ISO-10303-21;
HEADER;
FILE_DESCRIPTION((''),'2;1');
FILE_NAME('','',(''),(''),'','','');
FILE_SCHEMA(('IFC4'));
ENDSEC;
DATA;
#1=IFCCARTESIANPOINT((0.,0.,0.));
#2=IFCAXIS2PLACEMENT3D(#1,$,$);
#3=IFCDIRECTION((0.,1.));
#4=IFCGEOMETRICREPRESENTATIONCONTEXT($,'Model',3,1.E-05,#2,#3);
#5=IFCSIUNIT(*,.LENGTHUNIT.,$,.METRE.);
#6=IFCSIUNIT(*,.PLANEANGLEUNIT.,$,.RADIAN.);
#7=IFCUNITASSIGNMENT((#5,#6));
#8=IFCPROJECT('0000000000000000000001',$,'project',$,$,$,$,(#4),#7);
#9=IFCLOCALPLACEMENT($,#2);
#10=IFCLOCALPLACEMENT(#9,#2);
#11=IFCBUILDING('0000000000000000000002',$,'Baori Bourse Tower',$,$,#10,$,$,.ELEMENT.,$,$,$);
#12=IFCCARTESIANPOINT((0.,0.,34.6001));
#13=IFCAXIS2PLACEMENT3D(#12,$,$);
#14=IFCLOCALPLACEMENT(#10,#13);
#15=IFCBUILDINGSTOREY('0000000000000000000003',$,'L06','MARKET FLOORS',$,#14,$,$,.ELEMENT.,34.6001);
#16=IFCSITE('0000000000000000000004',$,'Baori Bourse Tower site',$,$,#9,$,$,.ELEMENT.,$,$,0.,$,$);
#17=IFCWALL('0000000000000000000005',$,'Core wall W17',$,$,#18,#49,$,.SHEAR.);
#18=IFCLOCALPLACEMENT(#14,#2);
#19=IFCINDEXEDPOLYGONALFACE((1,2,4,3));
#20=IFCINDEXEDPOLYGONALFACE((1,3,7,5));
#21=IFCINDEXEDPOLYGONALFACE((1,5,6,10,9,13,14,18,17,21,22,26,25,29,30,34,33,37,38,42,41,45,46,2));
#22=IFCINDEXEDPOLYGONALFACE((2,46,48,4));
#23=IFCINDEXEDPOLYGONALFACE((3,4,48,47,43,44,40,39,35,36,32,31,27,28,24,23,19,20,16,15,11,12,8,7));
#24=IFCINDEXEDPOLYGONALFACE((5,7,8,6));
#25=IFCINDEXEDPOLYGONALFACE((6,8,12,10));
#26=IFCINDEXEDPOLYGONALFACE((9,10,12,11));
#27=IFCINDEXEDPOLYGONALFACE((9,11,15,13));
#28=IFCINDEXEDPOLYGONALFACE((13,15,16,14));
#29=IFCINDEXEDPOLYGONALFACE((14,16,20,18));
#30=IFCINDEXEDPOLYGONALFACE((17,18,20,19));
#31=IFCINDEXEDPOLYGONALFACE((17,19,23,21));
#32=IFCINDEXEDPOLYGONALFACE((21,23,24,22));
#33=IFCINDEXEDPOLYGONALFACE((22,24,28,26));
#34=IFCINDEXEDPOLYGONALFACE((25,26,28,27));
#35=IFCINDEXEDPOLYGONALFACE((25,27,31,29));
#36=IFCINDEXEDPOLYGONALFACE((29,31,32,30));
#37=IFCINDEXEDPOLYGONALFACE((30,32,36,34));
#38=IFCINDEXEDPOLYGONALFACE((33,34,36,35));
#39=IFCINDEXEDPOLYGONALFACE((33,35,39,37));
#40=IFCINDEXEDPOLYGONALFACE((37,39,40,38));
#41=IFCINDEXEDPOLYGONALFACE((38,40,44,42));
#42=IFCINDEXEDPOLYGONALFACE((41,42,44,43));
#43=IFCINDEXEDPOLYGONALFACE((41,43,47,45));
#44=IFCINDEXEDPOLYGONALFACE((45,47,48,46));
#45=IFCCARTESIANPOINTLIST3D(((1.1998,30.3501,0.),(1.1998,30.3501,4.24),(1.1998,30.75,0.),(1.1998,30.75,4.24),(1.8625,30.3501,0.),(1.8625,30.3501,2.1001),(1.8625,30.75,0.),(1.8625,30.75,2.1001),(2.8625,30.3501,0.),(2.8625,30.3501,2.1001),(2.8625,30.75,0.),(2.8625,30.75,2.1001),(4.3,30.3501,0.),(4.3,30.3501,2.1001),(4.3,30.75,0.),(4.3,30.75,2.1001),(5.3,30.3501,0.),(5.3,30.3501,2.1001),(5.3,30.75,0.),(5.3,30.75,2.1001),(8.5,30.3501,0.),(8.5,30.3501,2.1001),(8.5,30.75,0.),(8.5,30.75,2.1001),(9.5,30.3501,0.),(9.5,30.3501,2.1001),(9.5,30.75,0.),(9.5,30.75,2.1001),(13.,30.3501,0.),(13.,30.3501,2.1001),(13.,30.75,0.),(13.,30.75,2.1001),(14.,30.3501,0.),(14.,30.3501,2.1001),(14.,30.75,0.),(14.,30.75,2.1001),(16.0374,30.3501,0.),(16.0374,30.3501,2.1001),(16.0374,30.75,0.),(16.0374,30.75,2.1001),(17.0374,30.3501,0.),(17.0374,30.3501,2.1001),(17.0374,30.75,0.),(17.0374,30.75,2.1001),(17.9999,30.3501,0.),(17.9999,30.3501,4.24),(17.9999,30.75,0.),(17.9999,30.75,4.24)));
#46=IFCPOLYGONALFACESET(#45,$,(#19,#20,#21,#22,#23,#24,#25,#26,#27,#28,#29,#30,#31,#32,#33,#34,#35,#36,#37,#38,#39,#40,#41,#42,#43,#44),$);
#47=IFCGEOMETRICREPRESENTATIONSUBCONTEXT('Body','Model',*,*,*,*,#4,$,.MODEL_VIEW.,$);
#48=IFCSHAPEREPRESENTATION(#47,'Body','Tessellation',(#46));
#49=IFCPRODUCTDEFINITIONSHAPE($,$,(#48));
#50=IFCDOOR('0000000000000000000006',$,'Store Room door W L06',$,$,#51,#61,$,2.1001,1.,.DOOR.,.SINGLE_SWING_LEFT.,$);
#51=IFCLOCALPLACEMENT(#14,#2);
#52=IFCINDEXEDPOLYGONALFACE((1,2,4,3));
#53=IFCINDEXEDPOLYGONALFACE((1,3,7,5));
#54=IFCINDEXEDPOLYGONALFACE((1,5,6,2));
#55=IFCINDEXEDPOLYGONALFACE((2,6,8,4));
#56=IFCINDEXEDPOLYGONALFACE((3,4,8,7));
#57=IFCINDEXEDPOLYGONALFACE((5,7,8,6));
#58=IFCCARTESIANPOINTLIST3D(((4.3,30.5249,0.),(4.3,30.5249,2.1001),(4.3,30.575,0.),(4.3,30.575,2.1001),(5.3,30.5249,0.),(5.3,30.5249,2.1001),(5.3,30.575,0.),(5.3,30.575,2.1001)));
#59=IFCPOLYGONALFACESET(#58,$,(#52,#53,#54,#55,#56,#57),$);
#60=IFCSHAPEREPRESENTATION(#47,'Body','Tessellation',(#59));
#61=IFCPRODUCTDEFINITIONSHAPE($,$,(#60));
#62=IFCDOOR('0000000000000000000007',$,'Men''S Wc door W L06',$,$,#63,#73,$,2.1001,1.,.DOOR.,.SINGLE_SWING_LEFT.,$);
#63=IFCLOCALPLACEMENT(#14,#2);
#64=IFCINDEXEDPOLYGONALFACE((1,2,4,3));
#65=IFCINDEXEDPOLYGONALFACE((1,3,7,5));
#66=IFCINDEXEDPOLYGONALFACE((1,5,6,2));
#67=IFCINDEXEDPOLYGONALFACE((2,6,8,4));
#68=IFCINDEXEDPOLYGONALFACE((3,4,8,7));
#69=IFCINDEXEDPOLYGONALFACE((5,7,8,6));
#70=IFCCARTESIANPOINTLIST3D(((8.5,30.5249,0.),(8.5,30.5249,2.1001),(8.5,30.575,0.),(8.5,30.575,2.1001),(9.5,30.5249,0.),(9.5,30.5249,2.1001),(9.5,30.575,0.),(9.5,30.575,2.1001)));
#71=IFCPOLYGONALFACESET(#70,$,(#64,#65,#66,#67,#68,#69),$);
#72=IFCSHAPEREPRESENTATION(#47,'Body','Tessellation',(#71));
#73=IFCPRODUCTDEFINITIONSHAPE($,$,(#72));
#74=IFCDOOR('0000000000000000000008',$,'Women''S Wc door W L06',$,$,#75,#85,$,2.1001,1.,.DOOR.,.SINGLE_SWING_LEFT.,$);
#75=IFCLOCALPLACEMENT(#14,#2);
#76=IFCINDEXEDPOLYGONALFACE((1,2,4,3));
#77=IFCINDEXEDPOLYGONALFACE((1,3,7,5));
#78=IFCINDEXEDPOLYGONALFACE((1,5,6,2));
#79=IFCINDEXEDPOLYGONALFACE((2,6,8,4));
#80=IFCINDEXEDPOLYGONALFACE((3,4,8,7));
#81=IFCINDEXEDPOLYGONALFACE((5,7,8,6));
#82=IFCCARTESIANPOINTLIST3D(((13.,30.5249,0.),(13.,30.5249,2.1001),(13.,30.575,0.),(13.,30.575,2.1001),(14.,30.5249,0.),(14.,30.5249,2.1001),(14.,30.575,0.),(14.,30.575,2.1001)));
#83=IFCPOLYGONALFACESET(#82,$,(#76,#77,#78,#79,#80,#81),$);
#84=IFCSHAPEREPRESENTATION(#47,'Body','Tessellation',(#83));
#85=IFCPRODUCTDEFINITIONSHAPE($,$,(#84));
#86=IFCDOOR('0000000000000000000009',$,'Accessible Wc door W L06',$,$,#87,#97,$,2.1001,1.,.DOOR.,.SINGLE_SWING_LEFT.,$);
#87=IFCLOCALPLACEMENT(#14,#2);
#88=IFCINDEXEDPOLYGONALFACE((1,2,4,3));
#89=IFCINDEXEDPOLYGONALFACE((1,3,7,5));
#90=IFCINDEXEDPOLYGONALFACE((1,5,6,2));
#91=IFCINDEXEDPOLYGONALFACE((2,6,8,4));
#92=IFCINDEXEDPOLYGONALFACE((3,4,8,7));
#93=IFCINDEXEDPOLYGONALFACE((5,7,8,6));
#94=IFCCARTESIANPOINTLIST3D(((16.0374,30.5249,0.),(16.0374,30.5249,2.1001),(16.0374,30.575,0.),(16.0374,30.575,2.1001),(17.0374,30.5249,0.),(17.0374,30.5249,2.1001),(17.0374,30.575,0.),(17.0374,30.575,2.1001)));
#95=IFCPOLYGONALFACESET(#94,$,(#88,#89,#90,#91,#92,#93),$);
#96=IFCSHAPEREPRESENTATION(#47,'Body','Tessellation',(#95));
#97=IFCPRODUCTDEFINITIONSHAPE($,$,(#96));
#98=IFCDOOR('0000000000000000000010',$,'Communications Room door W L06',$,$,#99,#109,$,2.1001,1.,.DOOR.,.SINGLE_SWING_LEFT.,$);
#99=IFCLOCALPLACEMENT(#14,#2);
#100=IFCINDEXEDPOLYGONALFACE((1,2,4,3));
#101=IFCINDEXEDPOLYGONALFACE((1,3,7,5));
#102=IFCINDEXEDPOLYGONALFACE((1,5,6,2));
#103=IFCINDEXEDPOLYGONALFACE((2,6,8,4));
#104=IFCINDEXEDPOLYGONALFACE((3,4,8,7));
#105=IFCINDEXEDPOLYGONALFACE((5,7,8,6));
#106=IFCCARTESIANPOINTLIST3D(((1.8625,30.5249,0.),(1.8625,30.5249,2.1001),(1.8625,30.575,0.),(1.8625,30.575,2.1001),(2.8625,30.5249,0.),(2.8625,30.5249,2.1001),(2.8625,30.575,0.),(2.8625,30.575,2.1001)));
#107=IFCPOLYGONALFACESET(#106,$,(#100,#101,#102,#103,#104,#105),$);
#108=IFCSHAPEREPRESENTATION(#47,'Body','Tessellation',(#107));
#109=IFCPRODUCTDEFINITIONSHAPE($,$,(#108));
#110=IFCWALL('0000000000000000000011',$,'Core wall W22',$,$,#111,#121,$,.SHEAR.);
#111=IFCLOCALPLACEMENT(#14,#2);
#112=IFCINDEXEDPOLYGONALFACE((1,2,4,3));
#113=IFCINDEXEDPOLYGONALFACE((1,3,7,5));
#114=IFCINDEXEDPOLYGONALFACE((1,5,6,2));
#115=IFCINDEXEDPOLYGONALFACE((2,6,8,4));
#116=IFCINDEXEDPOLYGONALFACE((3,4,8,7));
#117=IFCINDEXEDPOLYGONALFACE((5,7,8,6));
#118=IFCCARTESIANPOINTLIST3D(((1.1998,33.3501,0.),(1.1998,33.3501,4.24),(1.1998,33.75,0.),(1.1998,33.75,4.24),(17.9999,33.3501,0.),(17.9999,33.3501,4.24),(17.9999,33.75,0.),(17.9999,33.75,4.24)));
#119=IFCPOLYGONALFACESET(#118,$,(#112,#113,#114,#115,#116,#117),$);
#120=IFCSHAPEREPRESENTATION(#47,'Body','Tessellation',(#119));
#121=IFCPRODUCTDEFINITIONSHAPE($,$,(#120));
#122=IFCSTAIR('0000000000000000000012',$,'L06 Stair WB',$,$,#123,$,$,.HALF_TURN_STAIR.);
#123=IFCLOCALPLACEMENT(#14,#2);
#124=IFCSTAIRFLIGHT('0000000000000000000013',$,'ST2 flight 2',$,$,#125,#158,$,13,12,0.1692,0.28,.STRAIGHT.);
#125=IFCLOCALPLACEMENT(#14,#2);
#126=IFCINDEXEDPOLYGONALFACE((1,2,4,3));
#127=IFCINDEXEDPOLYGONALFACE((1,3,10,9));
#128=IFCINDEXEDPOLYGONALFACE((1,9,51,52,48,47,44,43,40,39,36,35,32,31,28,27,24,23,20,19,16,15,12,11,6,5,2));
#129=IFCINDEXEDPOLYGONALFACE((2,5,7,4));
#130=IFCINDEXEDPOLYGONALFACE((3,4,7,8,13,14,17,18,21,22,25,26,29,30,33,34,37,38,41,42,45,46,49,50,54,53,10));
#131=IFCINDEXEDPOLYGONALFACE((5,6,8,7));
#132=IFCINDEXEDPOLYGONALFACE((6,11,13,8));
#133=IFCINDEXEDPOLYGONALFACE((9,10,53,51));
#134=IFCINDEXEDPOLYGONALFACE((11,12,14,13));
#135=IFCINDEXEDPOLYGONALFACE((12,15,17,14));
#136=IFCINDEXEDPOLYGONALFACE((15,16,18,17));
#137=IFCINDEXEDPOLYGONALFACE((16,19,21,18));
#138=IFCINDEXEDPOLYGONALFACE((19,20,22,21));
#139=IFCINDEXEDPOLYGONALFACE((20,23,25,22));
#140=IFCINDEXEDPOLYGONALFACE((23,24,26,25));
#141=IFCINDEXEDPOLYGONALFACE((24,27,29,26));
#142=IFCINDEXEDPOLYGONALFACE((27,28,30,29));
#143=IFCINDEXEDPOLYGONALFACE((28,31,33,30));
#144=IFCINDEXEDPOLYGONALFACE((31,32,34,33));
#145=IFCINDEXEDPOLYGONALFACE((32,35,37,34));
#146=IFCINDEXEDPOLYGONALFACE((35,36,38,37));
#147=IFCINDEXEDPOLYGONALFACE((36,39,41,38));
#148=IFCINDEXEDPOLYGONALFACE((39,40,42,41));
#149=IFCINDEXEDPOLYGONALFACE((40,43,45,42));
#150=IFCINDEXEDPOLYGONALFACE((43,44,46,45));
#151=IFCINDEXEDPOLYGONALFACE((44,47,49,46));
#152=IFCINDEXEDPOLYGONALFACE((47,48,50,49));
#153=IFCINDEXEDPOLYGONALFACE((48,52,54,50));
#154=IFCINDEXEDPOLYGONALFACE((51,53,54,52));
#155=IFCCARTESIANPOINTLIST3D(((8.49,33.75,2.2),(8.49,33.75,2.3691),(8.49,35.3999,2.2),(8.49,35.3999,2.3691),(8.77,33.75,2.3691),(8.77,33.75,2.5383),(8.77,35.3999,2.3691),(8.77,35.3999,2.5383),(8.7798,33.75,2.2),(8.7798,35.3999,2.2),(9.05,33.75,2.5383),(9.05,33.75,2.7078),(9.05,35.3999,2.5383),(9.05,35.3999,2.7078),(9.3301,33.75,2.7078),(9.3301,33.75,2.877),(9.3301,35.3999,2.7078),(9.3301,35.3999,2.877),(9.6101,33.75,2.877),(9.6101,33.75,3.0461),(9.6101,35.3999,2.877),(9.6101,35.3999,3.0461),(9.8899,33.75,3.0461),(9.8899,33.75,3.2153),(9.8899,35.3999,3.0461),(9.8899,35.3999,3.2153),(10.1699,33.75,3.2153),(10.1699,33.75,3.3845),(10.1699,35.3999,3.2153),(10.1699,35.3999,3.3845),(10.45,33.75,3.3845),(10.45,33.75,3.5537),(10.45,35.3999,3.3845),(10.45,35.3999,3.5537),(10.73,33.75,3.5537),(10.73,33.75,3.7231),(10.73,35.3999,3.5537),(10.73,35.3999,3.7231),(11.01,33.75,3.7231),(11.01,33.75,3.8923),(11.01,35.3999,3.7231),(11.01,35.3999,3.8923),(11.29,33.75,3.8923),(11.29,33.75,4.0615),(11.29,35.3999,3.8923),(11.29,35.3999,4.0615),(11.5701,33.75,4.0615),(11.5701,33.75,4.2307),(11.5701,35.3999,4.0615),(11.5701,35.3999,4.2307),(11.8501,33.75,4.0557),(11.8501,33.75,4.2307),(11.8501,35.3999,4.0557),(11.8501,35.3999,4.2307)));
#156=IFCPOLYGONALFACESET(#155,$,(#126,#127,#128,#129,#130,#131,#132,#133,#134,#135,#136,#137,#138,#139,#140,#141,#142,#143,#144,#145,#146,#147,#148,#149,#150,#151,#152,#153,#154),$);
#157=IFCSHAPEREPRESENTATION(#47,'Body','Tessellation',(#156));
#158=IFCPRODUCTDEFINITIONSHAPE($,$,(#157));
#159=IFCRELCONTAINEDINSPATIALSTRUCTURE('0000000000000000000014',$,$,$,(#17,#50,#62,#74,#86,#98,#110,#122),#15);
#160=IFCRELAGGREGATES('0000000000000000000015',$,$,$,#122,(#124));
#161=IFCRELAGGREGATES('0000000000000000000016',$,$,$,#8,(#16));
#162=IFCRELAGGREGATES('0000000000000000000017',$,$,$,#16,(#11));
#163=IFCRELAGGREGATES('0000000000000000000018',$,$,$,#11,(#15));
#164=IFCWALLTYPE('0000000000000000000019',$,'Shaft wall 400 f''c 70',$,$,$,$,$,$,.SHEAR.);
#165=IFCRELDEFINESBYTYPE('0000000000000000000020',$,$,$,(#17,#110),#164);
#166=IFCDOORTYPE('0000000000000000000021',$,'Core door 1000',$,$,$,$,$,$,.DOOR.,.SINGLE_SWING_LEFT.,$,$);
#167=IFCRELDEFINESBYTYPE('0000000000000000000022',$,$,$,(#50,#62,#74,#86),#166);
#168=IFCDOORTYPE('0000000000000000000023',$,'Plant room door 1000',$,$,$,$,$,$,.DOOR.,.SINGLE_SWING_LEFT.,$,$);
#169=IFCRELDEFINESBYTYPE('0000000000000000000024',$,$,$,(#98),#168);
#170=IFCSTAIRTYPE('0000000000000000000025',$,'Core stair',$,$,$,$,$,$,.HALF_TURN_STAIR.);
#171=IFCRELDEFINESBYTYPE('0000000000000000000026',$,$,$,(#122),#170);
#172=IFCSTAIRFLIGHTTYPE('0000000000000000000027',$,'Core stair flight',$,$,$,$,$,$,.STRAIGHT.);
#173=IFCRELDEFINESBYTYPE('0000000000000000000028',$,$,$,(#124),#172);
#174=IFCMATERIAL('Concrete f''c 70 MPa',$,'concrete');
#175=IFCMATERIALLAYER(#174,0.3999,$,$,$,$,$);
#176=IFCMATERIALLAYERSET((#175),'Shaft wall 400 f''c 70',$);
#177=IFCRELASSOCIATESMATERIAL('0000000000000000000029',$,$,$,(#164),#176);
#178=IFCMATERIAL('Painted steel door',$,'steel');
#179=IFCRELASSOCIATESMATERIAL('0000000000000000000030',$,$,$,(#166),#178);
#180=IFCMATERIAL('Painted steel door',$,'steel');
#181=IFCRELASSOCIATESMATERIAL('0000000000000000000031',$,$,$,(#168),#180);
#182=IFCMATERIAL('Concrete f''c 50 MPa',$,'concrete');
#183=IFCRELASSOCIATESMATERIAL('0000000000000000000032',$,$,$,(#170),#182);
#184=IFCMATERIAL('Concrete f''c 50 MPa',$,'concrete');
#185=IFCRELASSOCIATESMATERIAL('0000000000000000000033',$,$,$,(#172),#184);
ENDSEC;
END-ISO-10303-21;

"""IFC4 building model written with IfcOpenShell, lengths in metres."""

from ifc_helpers import new_model, si_unit, direction, frame, frame_2d, origin, place, context, subcontext, project, spatial, polyline, rectangle, outline, extrude, material, layer, layer_set, type_object, element, fill, aggregate, save


model = new_model("IFC4")

# Units and contexts
model_context = context("Model", 3, precision=1e-05, world=origin(), true_north=direction((0.0, 1.0)))
body_context = subcontext(model_context, "Body", "Model", "MODEL_VIEW")
ifc_project = project(units=[si_unit("LENGTHUNIT", "METRE"), si_unit("PLANEANGLEUNIT", "RADIAN")], contexts=[model_context])

# Site, building, storey
site_placement = place(None, origin())
site = spatial("IfcSite", under=ifc_project, at=site_placement, Name="Baori Bourse Tower site", CompositionType="ELEMENT", RefElevation=0.0)
building_placement = place(site_placement, origin())
building = spatial("IfcBuilding", under=site, at=building_placement, Name="Baori Bourse Tower", CompositionType="ELEMENT")
storey_placement = place(building_placement, frame((0.0, 0.0, 34.6001)))
storey = spatial("IfcBuildingStorey", under=building, at=storey_placement, Name="L06", Description="MARKET FLOORS", CompositionType="ELEMENT", Elevation=34.6001)

# Shared definitions
ifc_material_1 = material(Name="Concrete f'c 70 MPa", Category="concrete")
ifc_layer_1 = layer(ifc_material_1, 0.3999)
ifc_layer_set_1 = layer_set([ifc_layer_1], Name="Shaft wall 400 f'c 70")
wall_type_1 = type_object("IfcWallType", Name="Shaft wall 400 f'c 70", PredefinedType="SHEAR", material=ifc_layer_set_1)

# Wall, openings, doors
wall_1_placement = place(storey_placement, frame((1.2, 30.55, 0.0), z_axis=(0.0, 0.0, 1.0), x_axis=(1.0, 0.0, 0.0)))
wall_1 = element("IfcWall", 1, at=wall_1_placement, inside=storey, type_object=wall_type_1, Name="Core wall W17", PredefinedType="SHEAR", context=body_context, shape_type="SweptSolid", body=[
    extrude(rectangle(XDim=16.8, YDim=0.3999, at=frame_2d((8.3999, 0.0))), origin(), (0.0, 0.0, 1.0), 4.24),
])
opening_1_placement = place(wall_1_placement, frame((0.6626, 0.0, 0.0)))
opening_1 = element("IfcOpeningElement", 2, at=opening_1_placement, cuts=wall_1, PredefinedType="OPENING", context=body_context, shape_type="SweptSolid", body=[
    extrude(rectangle(XDim=1.0, YDim=2.1001, at=frame_2d((0.5, 1.05))), frame((0.0, 0.21, 0.0), z_axis=(0.0, -1.0, 0.0), x_axis=(1.0, 0.0, 0.0)), (0.0, 0.0, 1.0), 0.4199),
])
opening_2_placement = place(wall_1_placement, frame((3.1001, 0.0, 0.0)))
opening_2 = element("IfcOpeningElement", 3, at=opening_2_placement, cuts=wall_1, PredefinedType="OPENING", context=body_context, shape_type="SweptSolid", body=[
    extrude(rectangle(XDim=1.0, YDim=2.1001, at=frame_2d((0.5, 1.05))), frame((0.0, 0.21, 0.0), z_axis=(0.0, -1.0, 0.0), x_axis=(1.0, 0.0, 0.0)), (0.0, 0.0, 1.0), 0.4199),
])
opening_3_placement = place(wall_1_placement, frame((7.3, 0.0, 0.0)))
opening_3 = element("IfcOpeningElement", 4, at=opening_3_placement, cuts=wall_1, PredefinedType="OPENING", context=body_context, shape_type="SweptSolid", body=[
    extrude(rectangle(XDim=1.0, YDim=2.1001, at=frame_2d((0.5, 1.05))), frame((0.0, 0.21, 0.0), z_axis=(0.0, -1.0, 0.0), x_axis=(1.0, 0.0, 0.0)), (0.0, 0.0, 1.0), 0.4199),
])
opening_4_placement = place(wall_1_placement, frame((11.8, 0.0, 0.0)))
opening_4 = element("IfcOpeningElement", 5, at=opening_4_placement, cuts=wall_1, PredefinedType="OPENING", context=body_context, shape_type="SweptSolid", body=[
    extrude(rectangle(XDim=1.0, YDim=2.1001, at=frame_2d((0.5, 1.05))), frame((0.0, 0.21, 0.0), z_axis=(0.0, -1.0, 0.0), x_axis=(1.0, 0.0, 0.0)), (0.0, 0.0, 1.0), 0.4199),
])
opening_5_placement = place(wall_1_placement, frame((14.8374, 0.0, 0.0)))
opening_5 = element("IfcOpeningElement", 6, at=opening_5_placement, cuts=wall_1, PredefinedType="OPENING", context=body_context, shape_type="SweptSolid", body=[
    extrude(rectangle(XDim=1.0, YDim=2.1001, at=frame_2d((0.5, 1.05))), frame((0.0, 0.21, 0.0), z_axis=(0.0, -1.0, 0.0), x_axis=(1.0, 0.0, 0.0)), (0.0, 0.0, 1.0), 0.4199),
])
ifc_material_2 = material(Name="Painted steel door", Category="steel")
door_type_1 = type_object("IfcDoorType", Name="Core door 1000", OperationType="SINGLE_SWING_LEFT", PredefinedType="DOOR", material=ifc_material_2)
door_1_placement = place(opening_2_placement, origin())
door_1 = element("IfcDoor", 7, at=door_1_placement, inside=storey, type_object=door_type_1, Name="Store Room door W L06", OperationType="SINGLE_SWING_LEFT", OverallHeight=2.1001, OverallWidth=1.0, PredefinedType="DOOR", context=body_context, shape_type="SweptSolid", body=[
    extrude(rectangle(XDim=1.0, YDim=2.1001, at=frame_2d((0.5, 1.05))), frame((0.0, 0.0249, 0.0), z_axis=(0.0, -1.0, 0.0), x_axis=(1.0, 0.0, 0.0)), (0.0, 0.0, 1.0), 0.05),
])
fill(opening_2, door_1)
door_2_placement = place(opening_3_placement, origin())
door_2 = element("IfcDoor", 8, at=door_2_placement, inside=storey, type_object=door_type_1, Name="Men'S Wc door W L06", OperationType="SINGLE_SWING_LEFT", OverallHeight=2.1001, OverallWidth=1.0, PredefinedType="DOOR", context=body_context, shape_type="SweptSolid", body=[
    extrude(rectangle(XDim=1.0, YDim=2.1001, at=frame_2d((0.5, 1.05))), frame((0.0, 0.0249, 0.0), z_axis=(0.0, -1.0, 0.0), x_axis=(1.0, 0.0, 0.0)), (0.0, 0.0, 1.0), 0.05),
])
fill(opening_3, door_2)
door_3_placement = place(opening_4_placement, origin())
door_3 = element("IfcDoor", 9, at=door_3_placement, inside=storey, type_object=door_type_1, Name="Women'S Wc door W L06", OperationType="SINGLE_SWING_LEFT", OverallHeight=2.1001, OverallWidth=1.0, PredefinedType="DOOR", context=body_context, shape_type="SweptSolid", body=[
    extrude(rectangle(XDim=1.0, YDim=2.1001, at=frame_2d((0.5, 1.05))), frame((0.0, 0.0249, 0.0), z_axis=(0.0, -1.0, 0.0), x_axis=(1.0, 0.0, 0.0)), (0.0, 0.0, 1.0), 0.05),
])
fill(opening_4, door_3)
door_4_placement = place(opening_5_placement, origin())
door_4 = element("IfcDoor", 10, at=door_4_placement, inside=storey, type_object=door_type_1, Name="Accessible Wc door W L06", OperationType="SINGLE_SWING_LEFT", OverallHeight=2.1001, OverallWidth=1.0, PredefinedType="DOOR", context=body_context, shape_type="SweptSolid", body=[
    extrude(rectangle(XDim=1.0, YDim=2.1001, at=frame_2d((0.5, 1.05))), frame((0.0, 0.0249, 0.0), z_axis=(0.0, -1.0, 0.0), x_axis=(1.0, 0.0, 0.0)), (0.0, 0.0, 1.0), 0.05),
])
fill(opening_5, door_4)
ifc_material_3 = material(Name="Painted steel door", Category="steel")
door_type_2 = type_object("IfcDoorType", Name="Plant room door 1000", OperationType="SINGLE_SWING_LEFT", PredefinedType="DOOR", material=ifc_material_3)
door_5_placement = place(opening_1_placement, origin())
door_5 = element("IfcDoor", 11, at=door_5_placement, inside=storey, type_object=door_type_2, Name="Communications Room door W L06", OperationType="SINGLE_SWING_LEFT", OverallHeight=2.1001, OverallWidth=1.0, PredefinedType="DOOR", context=body_context, shape_type="SweptSolid", body=[
    extrude(rectangle(XDim=1.0, YDim=2.1001, at=frame_2d((0.5, 1.05))), frame((0.0, 0.0249, 0.0), z_axis=(0.0, -1.0, 0.0), x_axis=(1.0, 0.0, 0.0)), (0.0, 0.0, 1.0), 0.05),
])
fill(opening_1, door_5)

# Wall
wall_2_placement = place(storey_placement, frame((1.2, 33.55, 0.0), z_axis=(0.0, 0.0, 1.0), x_axis=(1.0, 0.0, 0.0)))
element("IfcWall", 12, at=wall_2_placement, inside=storey, type_object=wall_type_1, Name="Core wall W22", PredefinedType="SHEAR", context=body_context, shape_type="SweptSolid", body=[
    extrude(rectangle(XDim=16.8, YDim=0.3999, at=frame_2d((8.3999, 0.0))), origin(), (0.0, 0.0, 1.0), 4.24),
])

# Stair, stair flight
ifc_material_4 = material(Name="Concrete f'c 50 MPa", Category="concrete")
stair_type = type_object("IfcStairType", Name="Core stair", PredefinedType="HALF_TURN_STAIR", material=ifc_material_4)
stair_placement = place(storey_placement, origin())
stair = element("IfcStair", 13, at=stair_placement, inside=storey, type_object=stair_type, Name="L06 Stair WB", PredefinedType="HALF_TURN_STAIR")
ifc_material_5 = material(Name="Concrete f'c 50 MPa", Category="concrete")
stair_flight_type = type_object("IfcStairFlightType", Name="Core stair flight", PredefinedType="STRAIGHT", material=ifc_material_5)
stair_flight_placement = place(storey_placement, frame((8.49, 34.575, 2.2), z_axis=(0.0, 0.0, 1.0), x_axis=(1.0, 0.0, 0.0)))
stair_flight = element("IfcStairFlight", 14, at=stair_flight_placement, type_object=stair_flight_type, Name="ST2 flight 2", NumberOfRisers=13, NumberOfTreads=12, PredefinedType="STRAIGHT", RiserHeight=0.1692, TreadLength=0.28, context=body_context, shape_type="SweptSolid", body=[
    extrude(outline(polyline([(0.0, 0.0), (0.0, 0.1692), (0.28, 0.1692), (0.28, 0.3384), (0.5601, 0.3384), (0.5601, 0.5078), (0.8401, 0.5078), (0.8401, 0.677), (1.1201, 0.677), (1.1201, 0.8462), (1.3999, 0.8462), (1.3999, 1.0154), (1.6799, 1.0154), (1.6799, 1.1846), (1.96, 1.1846), (1.96, 1.3538), (2.24, 1.3538), (2.24, 1.5232), (2.52, 1.5232), (2.52, 1.6924), (2.8, 1.6924), (2.8, 1.8616), (3.0801, 1.8616), (3.0801, 2.0308), (3.3601, 2.0308), (3.3601, 2.2), (3.3601, 1.8557), (0.2898, 0.0), (0.0, 0.0)])), frame((0.0, 0.825, 0.0), z_axis=(0.0, -1.0, 0.0), x_axis=(1.0, 0.0, 0.0)), (0.0, 0.0, 1.0), 1.6499),
])
aggregate(stair, [stair_flight])

save(model, "model.ifc")
